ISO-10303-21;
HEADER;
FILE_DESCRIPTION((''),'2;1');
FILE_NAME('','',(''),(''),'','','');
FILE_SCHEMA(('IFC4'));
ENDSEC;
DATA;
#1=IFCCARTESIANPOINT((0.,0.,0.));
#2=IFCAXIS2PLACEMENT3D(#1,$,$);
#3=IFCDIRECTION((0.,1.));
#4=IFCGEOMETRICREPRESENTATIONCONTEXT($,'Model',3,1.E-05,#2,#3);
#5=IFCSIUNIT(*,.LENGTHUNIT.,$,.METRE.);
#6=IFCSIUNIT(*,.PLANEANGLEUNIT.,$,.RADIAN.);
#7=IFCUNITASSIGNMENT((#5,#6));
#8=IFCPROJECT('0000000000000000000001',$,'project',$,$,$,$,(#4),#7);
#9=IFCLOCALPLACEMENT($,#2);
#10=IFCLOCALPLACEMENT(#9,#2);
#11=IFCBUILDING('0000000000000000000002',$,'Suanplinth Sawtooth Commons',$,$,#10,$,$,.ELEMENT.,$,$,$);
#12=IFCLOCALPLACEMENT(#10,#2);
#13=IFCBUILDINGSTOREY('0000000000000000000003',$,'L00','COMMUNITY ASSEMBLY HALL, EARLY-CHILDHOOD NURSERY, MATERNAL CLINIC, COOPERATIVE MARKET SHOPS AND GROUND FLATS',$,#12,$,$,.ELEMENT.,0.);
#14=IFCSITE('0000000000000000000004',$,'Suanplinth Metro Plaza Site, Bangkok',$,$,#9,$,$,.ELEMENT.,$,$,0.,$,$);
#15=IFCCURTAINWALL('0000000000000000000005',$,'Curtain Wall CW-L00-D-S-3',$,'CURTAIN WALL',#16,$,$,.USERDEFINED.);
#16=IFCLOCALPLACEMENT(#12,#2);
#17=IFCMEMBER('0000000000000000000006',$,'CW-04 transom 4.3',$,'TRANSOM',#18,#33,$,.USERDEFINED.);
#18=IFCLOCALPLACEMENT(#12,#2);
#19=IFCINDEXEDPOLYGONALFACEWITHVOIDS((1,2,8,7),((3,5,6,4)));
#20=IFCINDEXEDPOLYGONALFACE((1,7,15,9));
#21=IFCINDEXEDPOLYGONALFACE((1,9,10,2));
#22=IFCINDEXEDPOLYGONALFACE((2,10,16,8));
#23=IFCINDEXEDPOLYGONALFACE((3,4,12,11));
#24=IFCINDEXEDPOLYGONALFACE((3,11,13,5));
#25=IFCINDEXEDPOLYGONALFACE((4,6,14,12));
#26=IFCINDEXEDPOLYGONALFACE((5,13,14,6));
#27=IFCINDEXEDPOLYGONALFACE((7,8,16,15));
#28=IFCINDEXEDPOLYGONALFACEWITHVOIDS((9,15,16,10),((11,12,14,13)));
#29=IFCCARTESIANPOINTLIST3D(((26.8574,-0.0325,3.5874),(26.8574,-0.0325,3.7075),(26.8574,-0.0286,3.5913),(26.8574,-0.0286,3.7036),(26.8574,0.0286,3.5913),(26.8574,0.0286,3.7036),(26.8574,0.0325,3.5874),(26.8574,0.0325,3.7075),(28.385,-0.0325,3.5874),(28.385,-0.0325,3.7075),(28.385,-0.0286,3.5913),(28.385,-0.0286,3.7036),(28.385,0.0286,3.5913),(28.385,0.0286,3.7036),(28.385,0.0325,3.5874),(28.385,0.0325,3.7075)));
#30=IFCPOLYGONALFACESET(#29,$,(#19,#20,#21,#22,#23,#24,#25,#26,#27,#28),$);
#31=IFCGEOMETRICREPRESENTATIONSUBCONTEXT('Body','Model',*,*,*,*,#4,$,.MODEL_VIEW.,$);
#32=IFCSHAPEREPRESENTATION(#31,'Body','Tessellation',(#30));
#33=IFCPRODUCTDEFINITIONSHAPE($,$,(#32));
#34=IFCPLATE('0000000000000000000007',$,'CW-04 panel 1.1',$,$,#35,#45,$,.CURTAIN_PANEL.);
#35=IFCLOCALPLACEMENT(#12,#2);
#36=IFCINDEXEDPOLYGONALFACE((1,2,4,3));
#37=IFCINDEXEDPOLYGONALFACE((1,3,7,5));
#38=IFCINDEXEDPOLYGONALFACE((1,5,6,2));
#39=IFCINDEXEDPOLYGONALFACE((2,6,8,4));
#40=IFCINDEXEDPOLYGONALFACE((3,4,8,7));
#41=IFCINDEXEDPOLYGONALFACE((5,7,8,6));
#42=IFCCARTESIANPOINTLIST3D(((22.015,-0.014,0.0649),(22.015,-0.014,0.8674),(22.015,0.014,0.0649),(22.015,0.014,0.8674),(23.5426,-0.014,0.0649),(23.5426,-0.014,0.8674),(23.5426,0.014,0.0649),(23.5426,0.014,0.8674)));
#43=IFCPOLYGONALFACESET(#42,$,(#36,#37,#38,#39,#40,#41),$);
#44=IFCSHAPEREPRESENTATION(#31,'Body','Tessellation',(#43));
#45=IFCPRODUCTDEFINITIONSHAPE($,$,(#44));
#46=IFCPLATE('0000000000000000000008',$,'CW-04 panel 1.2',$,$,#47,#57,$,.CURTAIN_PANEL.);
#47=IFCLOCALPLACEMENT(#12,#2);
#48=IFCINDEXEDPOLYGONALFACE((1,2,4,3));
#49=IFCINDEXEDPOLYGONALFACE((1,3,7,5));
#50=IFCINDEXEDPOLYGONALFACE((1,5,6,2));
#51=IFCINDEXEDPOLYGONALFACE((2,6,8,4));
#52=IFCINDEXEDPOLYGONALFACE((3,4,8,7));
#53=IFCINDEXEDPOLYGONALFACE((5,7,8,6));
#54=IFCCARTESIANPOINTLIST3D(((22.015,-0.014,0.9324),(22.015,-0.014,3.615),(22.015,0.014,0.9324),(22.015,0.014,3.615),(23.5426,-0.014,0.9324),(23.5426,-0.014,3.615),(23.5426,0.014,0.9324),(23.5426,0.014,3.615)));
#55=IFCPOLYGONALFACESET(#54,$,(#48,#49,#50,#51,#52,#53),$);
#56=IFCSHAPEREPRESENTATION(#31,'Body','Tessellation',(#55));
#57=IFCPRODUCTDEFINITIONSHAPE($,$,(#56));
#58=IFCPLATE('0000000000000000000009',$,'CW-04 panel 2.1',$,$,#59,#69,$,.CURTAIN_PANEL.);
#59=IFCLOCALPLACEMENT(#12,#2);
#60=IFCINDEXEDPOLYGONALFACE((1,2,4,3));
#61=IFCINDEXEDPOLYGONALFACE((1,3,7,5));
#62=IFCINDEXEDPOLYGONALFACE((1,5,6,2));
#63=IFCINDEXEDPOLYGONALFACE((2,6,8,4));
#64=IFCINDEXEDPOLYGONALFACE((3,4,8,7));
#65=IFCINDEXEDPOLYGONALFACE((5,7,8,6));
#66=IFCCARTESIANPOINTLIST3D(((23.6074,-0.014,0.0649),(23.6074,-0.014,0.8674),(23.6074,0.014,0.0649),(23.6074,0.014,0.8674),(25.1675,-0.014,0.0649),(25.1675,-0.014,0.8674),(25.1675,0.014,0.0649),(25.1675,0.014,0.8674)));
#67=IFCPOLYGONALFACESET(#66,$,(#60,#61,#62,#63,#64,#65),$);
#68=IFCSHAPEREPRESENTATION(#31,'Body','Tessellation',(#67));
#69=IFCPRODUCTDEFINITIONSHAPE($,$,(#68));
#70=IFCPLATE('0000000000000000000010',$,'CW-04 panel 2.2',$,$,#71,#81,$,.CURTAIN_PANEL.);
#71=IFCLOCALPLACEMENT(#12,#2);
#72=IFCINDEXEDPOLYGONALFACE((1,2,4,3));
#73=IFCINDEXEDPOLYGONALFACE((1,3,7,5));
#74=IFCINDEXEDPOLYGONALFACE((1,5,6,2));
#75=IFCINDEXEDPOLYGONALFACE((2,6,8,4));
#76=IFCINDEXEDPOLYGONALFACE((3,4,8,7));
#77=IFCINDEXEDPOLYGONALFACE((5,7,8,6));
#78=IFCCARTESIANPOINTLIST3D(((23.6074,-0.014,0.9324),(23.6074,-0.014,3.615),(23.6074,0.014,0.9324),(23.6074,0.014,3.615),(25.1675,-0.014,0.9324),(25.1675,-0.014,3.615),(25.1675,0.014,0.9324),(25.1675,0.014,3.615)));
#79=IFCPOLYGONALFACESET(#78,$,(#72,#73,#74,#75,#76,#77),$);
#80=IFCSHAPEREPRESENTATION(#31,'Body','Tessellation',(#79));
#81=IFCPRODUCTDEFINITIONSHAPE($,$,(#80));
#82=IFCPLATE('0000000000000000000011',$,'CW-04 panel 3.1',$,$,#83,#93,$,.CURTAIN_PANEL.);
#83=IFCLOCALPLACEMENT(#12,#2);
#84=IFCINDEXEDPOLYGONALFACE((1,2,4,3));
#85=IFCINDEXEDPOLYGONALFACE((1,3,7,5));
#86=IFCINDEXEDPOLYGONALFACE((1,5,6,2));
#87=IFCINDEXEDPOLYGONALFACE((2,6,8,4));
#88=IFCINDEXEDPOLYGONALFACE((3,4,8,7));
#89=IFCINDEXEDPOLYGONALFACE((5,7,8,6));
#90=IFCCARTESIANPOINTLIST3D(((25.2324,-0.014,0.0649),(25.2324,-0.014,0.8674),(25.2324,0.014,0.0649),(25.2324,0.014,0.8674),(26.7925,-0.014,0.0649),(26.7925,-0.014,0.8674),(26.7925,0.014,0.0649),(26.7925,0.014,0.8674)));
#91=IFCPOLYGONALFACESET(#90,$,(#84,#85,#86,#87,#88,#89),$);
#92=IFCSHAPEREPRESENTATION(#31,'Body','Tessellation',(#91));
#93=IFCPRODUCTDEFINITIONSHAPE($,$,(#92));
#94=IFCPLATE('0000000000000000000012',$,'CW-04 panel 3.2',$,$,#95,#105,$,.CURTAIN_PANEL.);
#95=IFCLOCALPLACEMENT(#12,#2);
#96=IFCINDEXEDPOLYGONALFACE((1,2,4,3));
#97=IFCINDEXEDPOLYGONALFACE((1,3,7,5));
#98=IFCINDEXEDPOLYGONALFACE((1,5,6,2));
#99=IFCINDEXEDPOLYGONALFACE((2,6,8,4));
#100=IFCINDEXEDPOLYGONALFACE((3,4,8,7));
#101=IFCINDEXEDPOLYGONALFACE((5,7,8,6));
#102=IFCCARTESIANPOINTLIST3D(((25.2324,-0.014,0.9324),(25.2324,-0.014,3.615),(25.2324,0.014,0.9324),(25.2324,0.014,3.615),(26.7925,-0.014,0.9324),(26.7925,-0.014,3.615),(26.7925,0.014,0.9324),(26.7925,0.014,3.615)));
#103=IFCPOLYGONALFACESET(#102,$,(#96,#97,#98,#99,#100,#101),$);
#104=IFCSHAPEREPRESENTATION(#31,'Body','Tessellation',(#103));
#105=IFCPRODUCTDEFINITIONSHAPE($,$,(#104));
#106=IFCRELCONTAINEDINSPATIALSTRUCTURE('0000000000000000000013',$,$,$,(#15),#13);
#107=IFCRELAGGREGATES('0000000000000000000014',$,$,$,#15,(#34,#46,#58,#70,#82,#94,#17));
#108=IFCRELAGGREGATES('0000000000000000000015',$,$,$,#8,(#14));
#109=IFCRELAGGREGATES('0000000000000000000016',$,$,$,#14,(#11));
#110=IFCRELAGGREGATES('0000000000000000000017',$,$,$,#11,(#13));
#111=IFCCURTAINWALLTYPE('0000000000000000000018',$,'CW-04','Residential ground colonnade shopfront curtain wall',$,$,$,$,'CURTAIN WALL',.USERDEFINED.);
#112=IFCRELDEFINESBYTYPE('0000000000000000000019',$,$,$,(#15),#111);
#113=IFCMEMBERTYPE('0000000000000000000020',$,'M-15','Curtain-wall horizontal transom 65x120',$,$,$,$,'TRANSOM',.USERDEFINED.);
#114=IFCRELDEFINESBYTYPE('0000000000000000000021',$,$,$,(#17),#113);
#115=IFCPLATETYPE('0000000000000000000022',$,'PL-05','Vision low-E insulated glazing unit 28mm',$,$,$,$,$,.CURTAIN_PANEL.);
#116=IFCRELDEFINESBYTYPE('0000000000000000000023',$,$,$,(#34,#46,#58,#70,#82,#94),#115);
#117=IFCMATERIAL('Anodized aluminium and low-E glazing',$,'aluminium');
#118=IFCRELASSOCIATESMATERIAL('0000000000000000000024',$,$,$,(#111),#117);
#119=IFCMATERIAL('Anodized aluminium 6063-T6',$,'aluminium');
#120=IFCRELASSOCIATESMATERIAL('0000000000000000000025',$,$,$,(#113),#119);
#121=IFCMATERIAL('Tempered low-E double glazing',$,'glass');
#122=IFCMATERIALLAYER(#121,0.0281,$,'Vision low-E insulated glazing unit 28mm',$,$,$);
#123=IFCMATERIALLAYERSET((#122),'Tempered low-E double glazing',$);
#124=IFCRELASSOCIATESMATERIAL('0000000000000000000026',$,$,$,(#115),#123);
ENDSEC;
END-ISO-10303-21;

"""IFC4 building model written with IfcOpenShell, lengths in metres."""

from ifc_helpers import new_model, si_unit, direction, frame, origin, origin_2d, place, context, subcontext, project, spatial, rectangle, hollow_rectangle, extrude, material, layer, layer_set, material_profile, profile_set, type_object, element, aggregate, save


model = new_model("IFC4")

# Units and contexts
model_context = context("Model", 3, precision=1e-05, world=origin(), true_north=direction((0.0, 1.0)))
body_context = subcontext(model_context, "Body", "Model", "MODEL_VIEW")
ifc_project = project(units=[si_unit("LENGTHUNIT", "METRE"), si_unit("PLANEANGLEUNIT", "RADIAN")], contexts=[model_context])

# Site, building, storey
site_placement = place(None, origin())
site = spatial("IfcSite", under=ifc_project, at=site_placement, Name="Suanplinth Metro Plaza Site, Bangkok", CompositionType="ELEMENT", RefElevation=0.0)
building_placement = place(site_placement, origin())
building = spatial("IfcBuilding", under=site, at=building_placement, Name="Suanplinth Sawtooth Commons", CompositionType="ELEMENT")
storey_placement = place(building_placement, origin())
storey = spatial("IfcBuildingStorey", under=building, at=storey_placement, Name="L00", Description="COMMUNITY ASSEMBLY HALL, EARLY-CHILDHOOD NURSERY, MATERNAL CLINIC, COOPERATIVE MARKET SHOPS AND GROUND FLATS", CompositionType="ELEMENT", Elevation=0.0)

# Curtain wall, member, plates
ifc_material_1 = material(Name="Anodized aluminium and low-E glazing", Category="aluminium")
curtain_wall_type = type_object("IfcCurtainWallType", Name="CW-04", Description="Residential ground colonnade shopfront curtain wall", ElementType="CURTAIN WALL", PredefinedType="USERDEFINED", material=ifc_material_1)
curtain_wall_placement = place(storey_placement, origin())
curtain_wall = element("IfcCurtainWall", 1, at=curtain_wall_placement, inside=storey, type_object=curtain_wall_type, Name="Curtain Wall CW-L00-D-S-3", ObjectType="CURTAIN WALL", PredefinedType="USERDEFINED")
ifc_material_2 = material(Name="Anodized aluminium 6063-T6", Category="aluminium")
ifc_material_profile_1 = material_profile(ifc_material_2, hollow_rectangle(XDim=0.0649, YDim=0.1201, WallThickness=0.0039, at=origin_2d()), Name="ALU-TRN 65x120")
ifc_profile_set_1 = profile_set([ifc_material_profile_1], Name="Anodized aluminium 6063-T6")
member_type_1 = type_object("IfcMemberType", Name="M-15", Description="Curtain-wall horizontal transom 65x120", ElementType="TRANSOM", PredefinedType="USERDEFINED", material=ifc_profile_set_1)
member_1_placement = place(storey_placement, frame((26.8574, 0.0, 3.6475), z_axis=(1.0, 0.0, 0.0), x_axis=(0.0, 1.0, 0.0)))
member_1 = element("IfcMember", 2, at=member_1_placement, type_object=member_type_1, Name="CW-04 transom 4.3", ObjectType="TRANSOM", PredefinedType="USERDEFINED", context=body_context, shape_type="SweptSolid", body=[
    extrude(hollow_rectangle(XDim=0.0649, YDim=0.1201, WallThickness=0.0039, at=origin_2d()), origin(), (0.0, 0.0, 1.0), 1.5276),
])
ifc_material_3 = material(Name="Tempered low-E double glazing", Category="glass")
ifc_layer = layer(ifc_material_3, 0.0281, Name="Vision low-E insulated glazing unit 28mm")
ifc_layer_set = layer_set([ifc_layer], Name="Tempered low-E double glazing")
plate_type = type_object("IfcPlateType", Name="PL-05", Description="Vision low-E insulated glazing unit 28mm", PredefinedType="CURTAIN_PANEL", material=ifc_layer_set)
plate_1_placement = place(storey_placement, frame((22.7788, 0.0, 0.0649), z_axis=(0.0, 0.0, 1.0), x_axis=(1.0, 0.0, 0.0)))
plate_1 = element("IfcPlate", 3, at=plate_1_placement, type_object=plate_type, Name="CW-04 panel 1.1", PredefinedType="CURTAIN_PANEL", context=body_context, shape_type="SweptSolid", body=[
    extrude(rectangle(XDim=1.5276, YDim=0.0281, at=origin_2d()), origin(), (0.0, 0.0, 1.0), 0.8025),
])
plate_2_placement = place(storey_placement, frame((22.7788, 0.0, 0.9324), z_axis=(0.0, 0.0, 1.0), x_axis=(1.0, 0.0, 0.0)))
plate_2 = element("IfcPlate", 4, at=plate_2_placement, type_object=plate_type, Name="CW-04 panel 1.2", PredefinedType="CURTAIN_PANEL", context=body_context, shape_type="SweptSolid", body=[
    extrude(rectangle(XDim=1.5276, YDim=0.0281, at=origin_2d()), origin(), (0.0, 0.0, 1.0), 2.6826),
])
plate_3_placement = place(storey_placement, frame((24.3875, 0.0, 0.0649), z_axis=(0.0, 0.0, 1.0), x_axis=(1.0, 0.0, 0.0)))
plate_3 = element("IfcPlate", 5, at=plate_3_placement, type_object=plate_type, Name="CW-04 panel 2.1", PredefinedType="CURTAIN_PANEL", context=body_context, shape_type="SweptSolid", body=[
    extrude(rectangle(XDim=1.5601, YDim=0.0281, at=origin_2d()), origin(), (0.0, 0.0, 1.0), 0.8025),
])
plate_4_placement = place(storey_placement, frame((24.3875, 0.0, 0.9324), z_axis=(0.0, 0.0, 1.0), x_axis=(1.0, 0.0, 0.0)))
plate_4 = element("IfcPlate", 6, at=plate_4_placement, type_object=plate_type, Name="CW-04 panel 2.2", PredefinedType="CURTAIN_PANEL", context=body_context, shape_type="SweptSolid", body=[
    extrude(rectangle(XDim=1.5601, YDim=0.0281, at=origin_2d()), origin(), (0.0, 0.0, 1.0), 2.6826),
])
plate_5_placement = place(storey_placement, frame((26.0125, 0.0, 0.0649), z_axis=(0.0, 0.0, 1.0), x_axis=(1.0, 0.0, 0.0)))
plate_5 = element("IfcPlate", 7, at=plate_5_placement, type_object=plate_type, Name="CW-04 panel 3.1", PredefinedType="CURTAIN_PANEL", context=body_context, shape_type="SweptSolid", body=[
    extrude(rectangle(XDim=1.5601, YDim=0.0281, at=origin_2d()), origin(), (0.0, 0.0, 1.0), 0.8025),
])
plate_6_placement = place(storey_placement, frame((26.0125, 0.0, 0.9324), z_axis=(0.0, 0.0, 1.0), x_axis=(1.0, 0.0, 0.0)))
plate_6 = element("IfcPlate", 8, at=plate_6_placement, type_object=plate_type, Name="CW-04 panel 3.2", PredefinedType="CURTAIN_PANEL", context=body_context, shape_type="SweptSolid", body=[
    extrude(rectangle(XDim=1.5601, YDim=0.0281, at=origin_2d()), origin(), (0.0, 0.0, 1.0), 2.6826),
])
aggregate(curtain_wall, [plate_1, plate_2, plate_3, plate_4, plate_5, plate_6, member_1])

save(model, "model.ifc")
